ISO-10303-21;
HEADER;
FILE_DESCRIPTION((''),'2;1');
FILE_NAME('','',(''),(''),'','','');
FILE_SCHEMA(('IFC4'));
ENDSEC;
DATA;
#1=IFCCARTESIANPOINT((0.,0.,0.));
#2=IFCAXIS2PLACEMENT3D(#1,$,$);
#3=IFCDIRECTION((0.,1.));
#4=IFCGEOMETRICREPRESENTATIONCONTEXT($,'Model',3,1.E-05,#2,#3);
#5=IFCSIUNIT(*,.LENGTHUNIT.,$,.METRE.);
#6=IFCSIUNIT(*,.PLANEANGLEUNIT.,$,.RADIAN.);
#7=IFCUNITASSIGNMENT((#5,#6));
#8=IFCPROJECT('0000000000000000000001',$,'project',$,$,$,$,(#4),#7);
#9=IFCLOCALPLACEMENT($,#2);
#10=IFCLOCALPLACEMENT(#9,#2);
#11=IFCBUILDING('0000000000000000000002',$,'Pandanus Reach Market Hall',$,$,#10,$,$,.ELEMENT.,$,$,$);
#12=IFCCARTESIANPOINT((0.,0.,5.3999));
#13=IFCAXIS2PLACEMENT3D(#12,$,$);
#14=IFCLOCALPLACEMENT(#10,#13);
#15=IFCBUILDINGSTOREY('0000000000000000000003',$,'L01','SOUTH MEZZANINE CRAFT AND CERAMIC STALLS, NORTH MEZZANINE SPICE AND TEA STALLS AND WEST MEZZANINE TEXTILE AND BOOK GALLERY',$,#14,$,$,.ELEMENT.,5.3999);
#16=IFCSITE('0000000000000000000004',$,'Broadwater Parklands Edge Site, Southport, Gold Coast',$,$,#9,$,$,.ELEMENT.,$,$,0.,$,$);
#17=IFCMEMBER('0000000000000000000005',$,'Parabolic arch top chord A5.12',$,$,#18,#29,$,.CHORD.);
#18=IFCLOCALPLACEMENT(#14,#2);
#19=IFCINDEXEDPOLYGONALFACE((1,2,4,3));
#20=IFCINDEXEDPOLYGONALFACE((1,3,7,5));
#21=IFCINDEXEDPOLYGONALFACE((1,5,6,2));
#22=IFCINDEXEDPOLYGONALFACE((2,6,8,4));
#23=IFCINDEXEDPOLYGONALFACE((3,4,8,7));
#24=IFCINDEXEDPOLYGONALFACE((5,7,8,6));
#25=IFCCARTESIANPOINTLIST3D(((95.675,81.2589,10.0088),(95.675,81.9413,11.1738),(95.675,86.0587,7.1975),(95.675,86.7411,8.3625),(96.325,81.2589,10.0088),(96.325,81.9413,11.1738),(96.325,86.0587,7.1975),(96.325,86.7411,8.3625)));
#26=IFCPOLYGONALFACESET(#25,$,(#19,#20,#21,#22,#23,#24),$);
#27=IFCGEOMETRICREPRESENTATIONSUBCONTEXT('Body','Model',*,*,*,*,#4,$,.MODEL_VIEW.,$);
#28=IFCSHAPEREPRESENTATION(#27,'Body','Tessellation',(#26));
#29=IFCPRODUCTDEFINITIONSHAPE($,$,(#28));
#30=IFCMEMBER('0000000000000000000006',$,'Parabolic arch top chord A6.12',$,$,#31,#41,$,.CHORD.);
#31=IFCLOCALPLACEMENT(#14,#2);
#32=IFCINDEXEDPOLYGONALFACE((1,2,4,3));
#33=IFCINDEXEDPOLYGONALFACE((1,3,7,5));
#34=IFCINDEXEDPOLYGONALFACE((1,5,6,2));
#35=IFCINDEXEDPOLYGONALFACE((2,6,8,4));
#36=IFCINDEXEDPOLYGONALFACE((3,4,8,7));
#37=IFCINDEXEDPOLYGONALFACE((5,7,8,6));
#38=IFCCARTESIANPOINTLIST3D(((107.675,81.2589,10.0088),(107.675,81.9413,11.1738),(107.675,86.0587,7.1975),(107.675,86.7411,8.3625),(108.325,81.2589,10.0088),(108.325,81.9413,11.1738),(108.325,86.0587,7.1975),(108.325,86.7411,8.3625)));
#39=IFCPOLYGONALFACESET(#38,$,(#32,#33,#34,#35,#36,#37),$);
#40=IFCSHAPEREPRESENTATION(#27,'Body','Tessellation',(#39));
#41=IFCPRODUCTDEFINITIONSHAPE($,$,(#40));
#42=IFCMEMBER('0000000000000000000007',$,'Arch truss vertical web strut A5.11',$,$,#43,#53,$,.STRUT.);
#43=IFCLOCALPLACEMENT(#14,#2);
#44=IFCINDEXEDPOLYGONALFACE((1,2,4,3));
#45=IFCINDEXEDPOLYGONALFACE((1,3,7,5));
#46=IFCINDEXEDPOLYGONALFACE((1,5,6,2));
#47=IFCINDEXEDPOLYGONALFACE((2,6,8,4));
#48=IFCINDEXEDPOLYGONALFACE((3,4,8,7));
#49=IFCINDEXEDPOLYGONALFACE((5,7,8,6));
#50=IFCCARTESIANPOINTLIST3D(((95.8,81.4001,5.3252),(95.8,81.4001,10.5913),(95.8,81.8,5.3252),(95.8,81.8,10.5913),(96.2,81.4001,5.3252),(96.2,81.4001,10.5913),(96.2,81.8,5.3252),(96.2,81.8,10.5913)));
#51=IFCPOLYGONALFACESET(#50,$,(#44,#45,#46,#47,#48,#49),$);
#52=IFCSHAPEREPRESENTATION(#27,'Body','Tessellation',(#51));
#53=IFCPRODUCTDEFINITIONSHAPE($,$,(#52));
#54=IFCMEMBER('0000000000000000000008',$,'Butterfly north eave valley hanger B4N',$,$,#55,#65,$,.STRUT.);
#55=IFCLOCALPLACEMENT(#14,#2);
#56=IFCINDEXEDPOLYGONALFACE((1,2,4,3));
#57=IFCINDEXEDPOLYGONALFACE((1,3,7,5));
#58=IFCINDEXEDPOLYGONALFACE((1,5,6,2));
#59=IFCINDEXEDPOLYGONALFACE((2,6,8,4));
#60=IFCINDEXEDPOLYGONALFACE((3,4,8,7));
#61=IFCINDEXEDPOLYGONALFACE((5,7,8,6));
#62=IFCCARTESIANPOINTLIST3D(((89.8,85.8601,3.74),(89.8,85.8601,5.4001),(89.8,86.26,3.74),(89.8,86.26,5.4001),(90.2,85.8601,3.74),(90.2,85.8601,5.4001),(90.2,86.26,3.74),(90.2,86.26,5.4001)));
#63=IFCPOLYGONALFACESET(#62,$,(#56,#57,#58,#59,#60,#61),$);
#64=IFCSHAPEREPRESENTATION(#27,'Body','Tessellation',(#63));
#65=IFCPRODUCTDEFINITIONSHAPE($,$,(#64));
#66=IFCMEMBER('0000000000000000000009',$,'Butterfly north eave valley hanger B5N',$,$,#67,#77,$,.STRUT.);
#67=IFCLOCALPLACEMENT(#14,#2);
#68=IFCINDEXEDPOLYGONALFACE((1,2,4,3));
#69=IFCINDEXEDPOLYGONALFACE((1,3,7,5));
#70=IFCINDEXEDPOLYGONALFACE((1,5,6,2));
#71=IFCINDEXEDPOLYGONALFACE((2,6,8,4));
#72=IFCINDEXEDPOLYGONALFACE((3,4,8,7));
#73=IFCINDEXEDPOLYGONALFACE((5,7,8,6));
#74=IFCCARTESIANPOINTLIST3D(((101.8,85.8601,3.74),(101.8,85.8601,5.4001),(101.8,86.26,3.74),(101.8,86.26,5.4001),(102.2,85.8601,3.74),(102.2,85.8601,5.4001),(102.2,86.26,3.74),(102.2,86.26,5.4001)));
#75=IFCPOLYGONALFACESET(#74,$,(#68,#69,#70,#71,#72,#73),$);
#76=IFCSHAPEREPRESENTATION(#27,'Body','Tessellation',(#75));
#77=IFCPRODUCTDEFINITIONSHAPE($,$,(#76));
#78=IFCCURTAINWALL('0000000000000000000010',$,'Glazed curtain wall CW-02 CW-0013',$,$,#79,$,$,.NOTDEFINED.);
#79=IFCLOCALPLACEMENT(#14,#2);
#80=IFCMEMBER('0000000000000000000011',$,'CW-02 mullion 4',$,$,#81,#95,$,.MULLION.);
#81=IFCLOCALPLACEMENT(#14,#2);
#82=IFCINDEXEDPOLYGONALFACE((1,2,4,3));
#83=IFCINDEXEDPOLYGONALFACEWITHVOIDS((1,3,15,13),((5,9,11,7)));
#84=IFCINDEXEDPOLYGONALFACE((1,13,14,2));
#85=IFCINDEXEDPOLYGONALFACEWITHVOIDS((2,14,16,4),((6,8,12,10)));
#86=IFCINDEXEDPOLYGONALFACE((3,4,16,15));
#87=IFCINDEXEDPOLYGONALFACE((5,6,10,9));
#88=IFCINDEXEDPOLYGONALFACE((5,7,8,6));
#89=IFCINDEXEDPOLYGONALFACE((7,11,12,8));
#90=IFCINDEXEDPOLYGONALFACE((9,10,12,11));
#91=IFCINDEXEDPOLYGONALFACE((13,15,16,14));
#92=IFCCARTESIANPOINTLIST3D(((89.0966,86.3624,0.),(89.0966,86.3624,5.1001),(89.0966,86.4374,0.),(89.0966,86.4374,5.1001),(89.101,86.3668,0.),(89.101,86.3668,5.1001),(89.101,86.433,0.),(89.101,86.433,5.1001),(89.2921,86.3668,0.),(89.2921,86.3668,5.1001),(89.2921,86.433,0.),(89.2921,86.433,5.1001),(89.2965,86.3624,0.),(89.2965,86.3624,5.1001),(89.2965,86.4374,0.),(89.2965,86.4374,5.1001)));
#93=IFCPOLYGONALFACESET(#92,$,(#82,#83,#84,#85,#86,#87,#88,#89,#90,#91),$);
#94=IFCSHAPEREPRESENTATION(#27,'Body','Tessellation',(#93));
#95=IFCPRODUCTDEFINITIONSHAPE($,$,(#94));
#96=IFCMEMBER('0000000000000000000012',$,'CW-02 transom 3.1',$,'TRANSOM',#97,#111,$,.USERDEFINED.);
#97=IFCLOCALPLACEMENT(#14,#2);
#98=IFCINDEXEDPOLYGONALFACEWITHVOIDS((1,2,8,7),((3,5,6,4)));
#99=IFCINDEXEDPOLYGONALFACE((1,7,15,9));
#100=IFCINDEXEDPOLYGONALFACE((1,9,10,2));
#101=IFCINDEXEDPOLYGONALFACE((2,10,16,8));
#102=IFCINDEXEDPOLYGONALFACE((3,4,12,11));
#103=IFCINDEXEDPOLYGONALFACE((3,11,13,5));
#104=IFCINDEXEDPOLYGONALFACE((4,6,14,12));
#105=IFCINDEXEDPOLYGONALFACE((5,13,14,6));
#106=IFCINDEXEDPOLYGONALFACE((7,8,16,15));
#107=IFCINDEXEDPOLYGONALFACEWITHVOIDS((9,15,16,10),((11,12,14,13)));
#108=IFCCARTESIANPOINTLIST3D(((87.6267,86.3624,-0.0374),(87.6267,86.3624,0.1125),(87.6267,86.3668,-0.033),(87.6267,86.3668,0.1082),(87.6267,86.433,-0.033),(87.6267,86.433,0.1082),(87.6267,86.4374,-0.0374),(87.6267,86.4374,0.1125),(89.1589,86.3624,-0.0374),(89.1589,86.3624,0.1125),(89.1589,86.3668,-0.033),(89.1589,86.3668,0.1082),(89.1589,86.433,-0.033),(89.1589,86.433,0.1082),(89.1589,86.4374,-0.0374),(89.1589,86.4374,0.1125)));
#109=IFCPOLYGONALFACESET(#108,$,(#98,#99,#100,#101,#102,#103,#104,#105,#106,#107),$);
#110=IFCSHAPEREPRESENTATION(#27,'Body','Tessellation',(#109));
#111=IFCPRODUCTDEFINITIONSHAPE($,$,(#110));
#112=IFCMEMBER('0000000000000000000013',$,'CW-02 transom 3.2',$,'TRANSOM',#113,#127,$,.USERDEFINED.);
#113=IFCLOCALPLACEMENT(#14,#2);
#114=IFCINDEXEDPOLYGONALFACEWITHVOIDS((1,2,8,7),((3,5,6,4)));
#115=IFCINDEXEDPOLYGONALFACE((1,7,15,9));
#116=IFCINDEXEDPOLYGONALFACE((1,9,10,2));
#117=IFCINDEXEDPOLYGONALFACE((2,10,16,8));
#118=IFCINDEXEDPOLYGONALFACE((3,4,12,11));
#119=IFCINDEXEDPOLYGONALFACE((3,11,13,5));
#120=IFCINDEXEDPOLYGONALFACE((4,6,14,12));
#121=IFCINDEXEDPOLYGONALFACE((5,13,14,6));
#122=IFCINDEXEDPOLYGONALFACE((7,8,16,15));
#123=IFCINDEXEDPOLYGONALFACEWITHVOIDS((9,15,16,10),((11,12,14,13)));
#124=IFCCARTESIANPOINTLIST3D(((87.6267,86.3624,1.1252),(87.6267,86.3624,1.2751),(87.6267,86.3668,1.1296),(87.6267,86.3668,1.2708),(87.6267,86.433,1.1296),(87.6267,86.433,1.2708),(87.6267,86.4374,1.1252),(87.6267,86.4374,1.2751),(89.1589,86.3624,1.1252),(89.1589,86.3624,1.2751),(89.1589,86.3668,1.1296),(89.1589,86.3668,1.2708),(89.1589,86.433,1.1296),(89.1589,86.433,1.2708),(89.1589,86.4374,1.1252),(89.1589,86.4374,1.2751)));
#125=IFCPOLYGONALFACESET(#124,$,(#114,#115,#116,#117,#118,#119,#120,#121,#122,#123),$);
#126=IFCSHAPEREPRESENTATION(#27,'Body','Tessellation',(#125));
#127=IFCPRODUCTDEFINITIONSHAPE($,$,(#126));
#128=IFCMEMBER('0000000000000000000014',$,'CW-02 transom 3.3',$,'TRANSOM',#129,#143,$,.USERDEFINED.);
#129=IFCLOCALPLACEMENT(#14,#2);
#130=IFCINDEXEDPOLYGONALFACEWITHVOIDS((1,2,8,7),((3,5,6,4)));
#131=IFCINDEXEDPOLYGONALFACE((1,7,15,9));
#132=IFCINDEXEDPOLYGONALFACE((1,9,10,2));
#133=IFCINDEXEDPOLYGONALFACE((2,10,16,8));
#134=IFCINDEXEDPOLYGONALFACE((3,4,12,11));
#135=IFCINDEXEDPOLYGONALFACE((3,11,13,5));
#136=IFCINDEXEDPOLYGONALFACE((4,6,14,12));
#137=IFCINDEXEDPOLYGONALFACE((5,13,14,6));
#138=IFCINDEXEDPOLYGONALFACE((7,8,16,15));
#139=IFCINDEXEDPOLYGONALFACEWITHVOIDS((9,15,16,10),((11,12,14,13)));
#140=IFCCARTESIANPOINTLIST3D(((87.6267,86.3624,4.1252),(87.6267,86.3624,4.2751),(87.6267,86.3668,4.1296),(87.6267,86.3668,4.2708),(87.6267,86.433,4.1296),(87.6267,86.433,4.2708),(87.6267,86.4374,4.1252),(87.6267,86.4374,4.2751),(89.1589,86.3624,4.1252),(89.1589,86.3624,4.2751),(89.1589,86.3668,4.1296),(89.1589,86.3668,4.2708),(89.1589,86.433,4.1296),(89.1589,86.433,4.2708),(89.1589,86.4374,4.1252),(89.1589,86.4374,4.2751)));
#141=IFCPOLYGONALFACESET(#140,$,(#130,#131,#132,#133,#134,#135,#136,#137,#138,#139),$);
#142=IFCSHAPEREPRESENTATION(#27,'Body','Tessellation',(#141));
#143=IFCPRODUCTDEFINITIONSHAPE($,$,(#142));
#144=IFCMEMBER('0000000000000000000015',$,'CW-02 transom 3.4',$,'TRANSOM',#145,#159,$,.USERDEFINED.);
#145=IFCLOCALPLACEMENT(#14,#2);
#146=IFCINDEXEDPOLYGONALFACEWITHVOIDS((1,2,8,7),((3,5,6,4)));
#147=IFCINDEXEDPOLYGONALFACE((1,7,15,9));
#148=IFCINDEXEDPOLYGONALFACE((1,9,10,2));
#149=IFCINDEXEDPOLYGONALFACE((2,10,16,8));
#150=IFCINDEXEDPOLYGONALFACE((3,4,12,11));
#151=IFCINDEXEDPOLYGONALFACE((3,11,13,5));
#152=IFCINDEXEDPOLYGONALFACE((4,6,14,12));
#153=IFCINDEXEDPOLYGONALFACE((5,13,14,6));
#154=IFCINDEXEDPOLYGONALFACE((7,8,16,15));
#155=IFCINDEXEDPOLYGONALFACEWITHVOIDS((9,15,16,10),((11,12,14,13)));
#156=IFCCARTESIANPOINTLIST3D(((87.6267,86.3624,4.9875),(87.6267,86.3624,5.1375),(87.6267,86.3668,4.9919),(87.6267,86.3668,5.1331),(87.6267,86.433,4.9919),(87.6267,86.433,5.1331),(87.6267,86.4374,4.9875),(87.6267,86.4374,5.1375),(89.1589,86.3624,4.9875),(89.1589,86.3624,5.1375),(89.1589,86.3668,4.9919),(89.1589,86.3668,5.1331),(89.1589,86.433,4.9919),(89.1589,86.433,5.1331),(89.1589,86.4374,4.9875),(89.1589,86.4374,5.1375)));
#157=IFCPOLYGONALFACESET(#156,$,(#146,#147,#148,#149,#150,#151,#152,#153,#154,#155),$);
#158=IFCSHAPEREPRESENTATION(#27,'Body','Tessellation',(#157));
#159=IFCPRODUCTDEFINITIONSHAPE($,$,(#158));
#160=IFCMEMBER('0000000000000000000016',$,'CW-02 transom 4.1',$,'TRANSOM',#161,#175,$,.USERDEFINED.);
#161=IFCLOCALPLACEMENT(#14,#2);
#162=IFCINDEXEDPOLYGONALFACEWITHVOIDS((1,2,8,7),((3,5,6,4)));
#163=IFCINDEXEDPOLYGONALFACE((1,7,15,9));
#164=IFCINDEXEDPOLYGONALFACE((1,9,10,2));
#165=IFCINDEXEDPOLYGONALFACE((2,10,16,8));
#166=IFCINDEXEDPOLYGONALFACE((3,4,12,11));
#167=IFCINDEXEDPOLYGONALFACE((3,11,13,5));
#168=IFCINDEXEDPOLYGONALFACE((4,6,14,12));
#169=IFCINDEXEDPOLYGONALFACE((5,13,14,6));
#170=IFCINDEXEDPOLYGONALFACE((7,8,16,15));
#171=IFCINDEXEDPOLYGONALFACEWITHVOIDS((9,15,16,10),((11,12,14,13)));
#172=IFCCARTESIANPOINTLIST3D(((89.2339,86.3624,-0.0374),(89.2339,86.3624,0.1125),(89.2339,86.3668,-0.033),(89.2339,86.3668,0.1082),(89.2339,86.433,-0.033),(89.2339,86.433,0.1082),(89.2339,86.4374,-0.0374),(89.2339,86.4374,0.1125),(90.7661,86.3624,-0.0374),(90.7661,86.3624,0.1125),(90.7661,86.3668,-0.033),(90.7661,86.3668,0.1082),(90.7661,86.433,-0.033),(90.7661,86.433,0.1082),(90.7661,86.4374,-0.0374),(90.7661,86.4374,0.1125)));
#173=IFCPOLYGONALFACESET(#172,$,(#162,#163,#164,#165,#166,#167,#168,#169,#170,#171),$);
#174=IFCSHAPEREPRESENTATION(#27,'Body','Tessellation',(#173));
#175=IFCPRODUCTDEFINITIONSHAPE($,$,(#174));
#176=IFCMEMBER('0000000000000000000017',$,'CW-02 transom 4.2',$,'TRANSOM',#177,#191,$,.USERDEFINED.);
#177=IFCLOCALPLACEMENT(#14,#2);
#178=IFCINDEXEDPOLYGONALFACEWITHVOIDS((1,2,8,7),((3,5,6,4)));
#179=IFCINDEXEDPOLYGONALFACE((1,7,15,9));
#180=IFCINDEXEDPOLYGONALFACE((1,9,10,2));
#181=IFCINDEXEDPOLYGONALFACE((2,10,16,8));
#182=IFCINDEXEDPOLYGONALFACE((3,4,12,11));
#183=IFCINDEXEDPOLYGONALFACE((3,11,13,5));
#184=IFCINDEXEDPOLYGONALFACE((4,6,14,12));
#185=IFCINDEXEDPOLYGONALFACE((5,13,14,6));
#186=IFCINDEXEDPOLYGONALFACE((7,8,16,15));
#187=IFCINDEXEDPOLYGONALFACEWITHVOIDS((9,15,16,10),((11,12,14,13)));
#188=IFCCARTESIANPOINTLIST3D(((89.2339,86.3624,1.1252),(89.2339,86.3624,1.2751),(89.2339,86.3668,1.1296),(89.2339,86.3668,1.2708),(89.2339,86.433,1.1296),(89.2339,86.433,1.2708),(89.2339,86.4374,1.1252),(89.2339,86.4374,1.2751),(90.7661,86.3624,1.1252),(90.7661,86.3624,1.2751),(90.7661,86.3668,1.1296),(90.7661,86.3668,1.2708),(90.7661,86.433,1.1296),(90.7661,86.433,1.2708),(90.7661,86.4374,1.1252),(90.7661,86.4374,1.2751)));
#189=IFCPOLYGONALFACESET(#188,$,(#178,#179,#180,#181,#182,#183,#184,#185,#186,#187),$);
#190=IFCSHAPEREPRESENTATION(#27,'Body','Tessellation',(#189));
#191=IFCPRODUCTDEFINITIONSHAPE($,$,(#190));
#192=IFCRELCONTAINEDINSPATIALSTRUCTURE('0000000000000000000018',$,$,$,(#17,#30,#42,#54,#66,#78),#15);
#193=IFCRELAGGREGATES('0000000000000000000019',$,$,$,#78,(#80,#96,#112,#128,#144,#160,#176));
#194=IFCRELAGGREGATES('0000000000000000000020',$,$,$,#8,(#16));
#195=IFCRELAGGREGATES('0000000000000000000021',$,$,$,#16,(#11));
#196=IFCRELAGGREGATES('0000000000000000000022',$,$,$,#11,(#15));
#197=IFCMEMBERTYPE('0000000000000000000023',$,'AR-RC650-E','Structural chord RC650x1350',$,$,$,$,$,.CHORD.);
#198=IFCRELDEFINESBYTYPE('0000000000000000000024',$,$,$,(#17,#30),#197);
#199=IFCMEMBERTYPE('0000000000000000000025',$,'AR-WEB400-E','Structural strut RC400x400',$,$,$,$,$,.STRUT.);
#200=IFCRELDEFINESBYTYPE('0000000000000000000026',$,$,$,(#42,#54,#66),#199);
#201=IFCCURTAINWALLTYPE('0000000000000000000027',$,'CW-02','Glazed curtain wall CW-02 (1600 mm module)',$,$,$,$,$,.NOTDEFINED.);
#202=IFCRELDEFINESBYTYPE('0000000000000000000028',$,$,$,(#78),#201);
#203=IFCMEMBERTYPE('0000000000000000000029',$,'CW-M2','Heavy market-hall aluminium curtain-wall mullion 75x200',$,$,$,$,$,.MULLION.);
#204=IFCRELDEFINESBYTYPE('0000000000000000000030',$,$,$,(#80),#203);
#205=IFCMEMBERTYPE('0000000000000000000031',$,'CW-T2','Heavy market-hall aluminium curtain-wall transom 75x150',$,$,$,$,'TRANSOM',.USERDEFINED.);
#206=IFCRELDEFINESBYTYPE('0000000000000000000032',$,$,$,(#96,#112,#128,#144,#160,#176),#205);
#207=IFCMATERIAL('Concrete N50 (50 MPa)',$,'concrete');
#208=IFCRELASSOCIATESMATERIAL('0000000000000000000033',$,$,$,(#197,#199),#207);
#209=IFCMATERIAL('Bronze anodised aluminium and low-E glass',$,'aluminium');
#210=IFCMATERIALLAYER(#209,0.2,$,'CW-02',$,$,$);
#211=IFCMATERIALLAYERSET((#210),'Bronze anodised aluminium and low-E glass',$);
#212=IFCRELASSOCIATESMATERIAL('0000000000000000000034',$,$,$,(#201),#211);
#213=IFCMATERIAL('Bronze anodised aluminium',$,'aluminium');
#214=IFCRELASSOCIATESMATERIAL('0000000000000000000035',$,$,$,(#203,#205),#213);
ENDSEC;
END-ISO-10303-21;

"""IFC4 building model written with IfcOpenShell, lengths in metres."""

from ifc_helpers import new_model, si_unit, direction, frame, origin, origin_2d, place, context, subcontext, project, spatial, rectangle, hollow_rectangle, extrude, material, layer, layer_set, material_profile, profile_set, type_object, element, aggregate, save


model = new_model("IFC4")

# Units and contexts
model_context = context("Model", 3, precision=1e-05, world=origin(), true_north=direction((0.0, 1.0)))
body_context = subcontext(model_context, "Body", "Model", "MODEL_VIEW")
ifc_project = project(units=[si_unit("LENGTHUNIT", "METRE"), si_unit("PLANEANGLEUNIT", "RADIAN")], contexts=[model_context])

# Site, building, storey
site_placement = place(None, origin())
site = spatial("IfcSite", under=ifc_project, at=site_placement, Name="Broadwater Parklands Edge Site, Southport, Gold Coast", CompositionType="ELEMENT", RefElevation=0.0)
building_placement = place(site_placement, origin())
building = spatial("IfcBuilding", under=site, at=building_placement, Name="Pandanus Reach Market Hall", CompositionType="ELEMENT")
storey_placement = place(building_placement, frame((0.0, 0.0, 5.3999)))
storey = spatial("IfcBuildingStorey", under=building, at=storey_placement, Name="L01", Description="SOUTH MEZZANINE CRAFT AND CERAMIC STALLS, NORTH MEZZANINE SPICE AND TEA STALLS AND WEST MEZZANINE TEXTILE AND BOOK GALLERY", CompositionType="ELEMENT", Elevation=5.3999)

# Members
ifc_material_1 = material(Name="Concrete N50 (50 MPa)", Category="concrete")
ifc_material_profile_1 = material_profile(ifc_material_1, rectangle(XDim=0.6499, YDim=1.3501, at=origin_2d()), Name="RC650x1350", Category="LoadBearing")
ifc_profile_set_1 = profile_set([ifc_material_profile_1], Name="Concrete N50 (50 MPa)")
member_type_1 = type_object("IfcMemberType", Name="AR-RC650-E", Description="Structural chord RC650x1350", PredefinedType="CHORD", material=ifc_profile_set_1)
for number, where, z_axis, x_axis, name in (
    (1, (96.0, 81.6001, 10.5913), (0.0, 0.862886, -0.505398), (-1.0, 0.0, 0.0), "Parabolic arch top chord A5.12"),
    (2, (108.0, 81.6001, 10.5913), (0.0, 0.862886, -0.505398), (-1.0, 0.0, 0.0), "Parabolic arch top chord A6.12"),
):
    element("IfcMember", number, at=place(storey_placement, frame(where, z_axis=z_axis, x_axis=x_axis)), inside=storey, type_object=member_type_1, Name=name, PredefinedType="CHORD", context=body_context, shape_type="SweptSolid", body=[
        extrude(rectangle(XDim=0.6499, YDim=1.3501, at=origin_2d()), origin(), (0.0, 0.0, 1.0), 5.5625),
    ])
ifc_material_profile_2 = material_profile(ifc_material_1, rectangle(XDim=0.3999, YDim=0.3999, at=origin_2d()), Name="RC400x400", Category="LoadBearing")
ifc_profile_set_2 = profile_set([ifc_material_profile_2], Name="Concrete N50 (50 MPa)")
member_type_2 = type_object("IfcMemberType", Name="AR-WEB400-E", Description="Structural strut RC400x400", PredefinedType="STRUT", material=ifc_profile_set_2)
member_1_placement = place(storey_placement, frame((96.0, 81.6001, 5.3252), z_axis=(0.0, 0.0, 1.0), x_axis=(1.0, 0.0, 0.0)))
element("IfcMember", 3, at=member_1_placement, inside=storey, type_object=member_type_2, Name="Arch truss vertical web strut A5.11", PredefinedType="STRUT", context=body_context, shape_type="SweptSolid", body=[
    extrude(rectangle(XDim=0.3999, YDim=0.3999, at=origin_2d()), origin(), (0.0, 0.0, 1.0), 5.2661),
])
for number, where, z_axis, x_axis, name in (
    (4, (90.0, 86.0601, 3.74), (0.0, 0.0, 1.0), (1.0, 0.0, 0.0), "Butterfly north eave valley hanger B4N"),
    (5, (102.0, 86.0601, 3.74), (0.0, 0.0, 1.0), (1.0, 0.0, 0.0), "Butterfly north eave valley hanger B5N"),
):
    element("IfcMember", number, at=place(storey_placement, frame(where, z_axis=z_axis, x_axis=x_axis)), inside=storey, type_object=member_type_2, Name=name, PredefinedType="STRUT", context=body_context, shape_type="SweptSolid", body=[
        extrude(rectangle(XDim=0.3999, YDim=0.3999, at=origin_2d()), origin(), (0.0, 0.0, 1.0), 1.6602),
    ])

# Curtain wall, members
ifc_material_2 = material(Name="Bronze anodised aluminium and low-E glass", Category="aluminium")
ifc_layer_1 = layer(ifc_material_2, 0.2, Name="CW-02")
ifc_layer_set_1 = layer_set([ifc_layer_1], Name="Bronze anodised aluminium and low-E glass")
curtain_wall_type = type_object("IfcCurtainWallType", Name="CW-02", Description="Glazed curtain wall CW-02 (1600 mm module)", PredefinedType="NOTDEFINED", material=ifc_layer_set_1)
curtain_wall_placement = place(storey_placement, origin())
curtain_wall = element("IfcCurtainWall", 6, at=curtain_wall_placement, inside=storey, type_object=curtain_wall_type, Name="Glazed curtain wall CW-02 CW-0013", PredefinedType="NOTDEFINED")
ifc_material_3 = material(Name="Bronze anodised aluminium", Category="aluminium")
ifc_material_profile_3 = material_profile(ifc_material_3, hollow_rectangle(XDim=0.075, YDim=0.2, WallThickness=0.0044, at=origin_2d()), Name="ALU75x200", Category="LoadBearing")
ifc_profile_set_3 = profile_set([ifc_material_profile_3], Name="Bronze anodised aluminium")
member_type_3 = type_object("IfcMemberType", Name="CW-M2", Description="Heavy market-hall aluminium curtain-wall mullion 75x200", PredefinedType="MULLION", material=ifc_profile_set_3)
member_2_placement = place(storey_placement, frame((89.1965, 86.3999, 0.0), z_axis=(0.0, 0.0, 1.0), x_axis=(0.0, 1.0, 0.0)))
member_2 = element("IfcMember", 7, at=member_2_placement, type_object=member_type_3, Name="CW-02 mullion 4", PredefinedType="MULLION", context=body_context, shape_type="SweptSolid", body=[
    extrude(hollow_rectangle(XDim=0.075, YDim=0.2, WallThickness=0.0044, at=origin_2d()), origin(), (0.0, 0.0, 1.0), 5.1001),
])
ifc_material_profile_4 = material_profile(ifc_material_3, hollow_rectangle(XDim=0.075, YDim=0.1499, WallThickness=0.0044, at=origin_2d()), Name="ALU75x150", Category="LoadBearing")
ifc_profile_set_4 = profile_set([ifc_material_profile_4], Name="Bronze anodised aluminium")
member_type_4 = type_object("IfcMemberType", Name="CW-T2", Description="Heavy market-hall aluminium curtain-wall transom 75x150", ElementType="TRANSOM", PredefinedType="USERDEFINED", material=ifc_profile_set_4)
member_3_placement = place(storey_placement, frame((87.6267, 86.3999, 0.0376), z_axis=(1.0, 0.0, 0.0), x_axis=(0.0, 1.0, 0.0)))
member_3 = element("IfcMember", 8, at=member_3_placement, type_object=member_type_4, Name="CW-02 transom 3.1", ObjectType="TRANSOM", PredefinedType="USERDEFINED", context=body_context, shape_type="SweptSolid", body=[
    extrude(hollow_rectangle(XDim=0.075, YDim=0.1499, WallThickness=0.0044, at=origin_2d()), origin(), (0.0, 0.0, 1.0), 1.5322),
])
member_4_placement = place(storey_placement, frame((87.6267, 86.3999, 1.2002), z_axis=(1.0, 0.0, 0.0), x_axis=(0.0, 1.0, 0.0)))
member_4 = element("IfcMember", 9, at=member_4_placement, type_object=member_type_4, Name="CW-02 transom 3.2", ObjectType="TRANSOM", PredefinedType="USERDEFINED", context=body_context, shape_type="SweptSolid", body=[
    extrude(hollow_rectangle(XDim=0.075, YDim=0.1499, WallThickness=0.0044, at=origin_2d()), origin(), (0.0, 0.0, 1.0), 1.5322),
])
member_5_placement = place(storey_placement, frame((87.6267, 86.3999, 4.2002), z_axis=(1.0, 0.0, 0.0), x_axis=(0.0, 1.0, 0.0)))
member_5 = element("IfcMember", 10, at=member_5_placement, type_object=member_type_4, Name="CW-02 transom 3.3", ObjectType="TRANSOM", PredefinedType="USERDEFINED", context=body_context, shape_type="SweptSolid", body=[
    extrude(hollow_rectangle(XDim=0.075, YDim=0.1499, WallThickness=0.0044, at=origin_2d()), origin(), (0.0, 0.0, 1.0), 1.5322),
])
member_6_placement = place(storey_placement, frame((87.6267, 86.3999, 5.0625), z_axis=(1.0, 0.0, 0.0), x_axis=(0.0, 1.0, 0.0)))
member_6 = element("IfcMember", 11, at=member_6_placement, type_object=member_type_4, Name="CW-02 transom 3.4", ObjectType="TRANSOM", PredefinedType="USERDEFINED", context=body_context, shape_type="SweptSolid", body=[
    extrude(hollow_rectangle(XDim=0.075, YDim=0.1499, WallThickness=0.0044, at=origin_2d()), origin(), (0.0, 0.0, 1.0), 1.5322),
])
member_7_placement = place(storey_placement, frame((89.2339, 86.3999, 0.0376), z_axis=(1.0, 0.0, 0.0), x_axis=(0.0, 1.0, 0.0)))
member_7 = element("IfcMember", 12, at=member_7_placement, type_object=member_type_4, Name="CW-02 transom 4.1", ObjectType="TRANSOM", PredefinedType="USERDEFINED", context=body_context, shape_type="SweptSolid", body=[
    extrude(hollow_rectangle(XDim=0.075, YDim=0.1499, WallThickness=0.0044, at=origin_2d()), origin(), (0.0, 0.0, 1.0), 1.5322),
])
member_8_placement = place(storey_placement, frame((89.2339, 86.3999, 1.2002), z_axis=(1.0, 0.0, 0.0), x_axis=(0.0, 1.0, 0.0)))
member_8 = element("IfcMember", 13, at=member_8_placement, type_object=member_type_4, Name="CW-02 transom 4.2", ObjectType="TRANSOM", PredefinedType="USERDEFINED", context=body_context, shape_type="SweptSolid", body=[
    extrude(hollow_rectangle(XDim=0.075, YDim=0.1499, WallThickness=0.0044, at=origin_2d()), origin(), (0.0, 0.0, 1.0), 1.5322),
])
aggregate(curtain_wall, [member_2, member_3, member_4, member_5, member_6, member_7, member_8])

save(model, "model.ifc")
